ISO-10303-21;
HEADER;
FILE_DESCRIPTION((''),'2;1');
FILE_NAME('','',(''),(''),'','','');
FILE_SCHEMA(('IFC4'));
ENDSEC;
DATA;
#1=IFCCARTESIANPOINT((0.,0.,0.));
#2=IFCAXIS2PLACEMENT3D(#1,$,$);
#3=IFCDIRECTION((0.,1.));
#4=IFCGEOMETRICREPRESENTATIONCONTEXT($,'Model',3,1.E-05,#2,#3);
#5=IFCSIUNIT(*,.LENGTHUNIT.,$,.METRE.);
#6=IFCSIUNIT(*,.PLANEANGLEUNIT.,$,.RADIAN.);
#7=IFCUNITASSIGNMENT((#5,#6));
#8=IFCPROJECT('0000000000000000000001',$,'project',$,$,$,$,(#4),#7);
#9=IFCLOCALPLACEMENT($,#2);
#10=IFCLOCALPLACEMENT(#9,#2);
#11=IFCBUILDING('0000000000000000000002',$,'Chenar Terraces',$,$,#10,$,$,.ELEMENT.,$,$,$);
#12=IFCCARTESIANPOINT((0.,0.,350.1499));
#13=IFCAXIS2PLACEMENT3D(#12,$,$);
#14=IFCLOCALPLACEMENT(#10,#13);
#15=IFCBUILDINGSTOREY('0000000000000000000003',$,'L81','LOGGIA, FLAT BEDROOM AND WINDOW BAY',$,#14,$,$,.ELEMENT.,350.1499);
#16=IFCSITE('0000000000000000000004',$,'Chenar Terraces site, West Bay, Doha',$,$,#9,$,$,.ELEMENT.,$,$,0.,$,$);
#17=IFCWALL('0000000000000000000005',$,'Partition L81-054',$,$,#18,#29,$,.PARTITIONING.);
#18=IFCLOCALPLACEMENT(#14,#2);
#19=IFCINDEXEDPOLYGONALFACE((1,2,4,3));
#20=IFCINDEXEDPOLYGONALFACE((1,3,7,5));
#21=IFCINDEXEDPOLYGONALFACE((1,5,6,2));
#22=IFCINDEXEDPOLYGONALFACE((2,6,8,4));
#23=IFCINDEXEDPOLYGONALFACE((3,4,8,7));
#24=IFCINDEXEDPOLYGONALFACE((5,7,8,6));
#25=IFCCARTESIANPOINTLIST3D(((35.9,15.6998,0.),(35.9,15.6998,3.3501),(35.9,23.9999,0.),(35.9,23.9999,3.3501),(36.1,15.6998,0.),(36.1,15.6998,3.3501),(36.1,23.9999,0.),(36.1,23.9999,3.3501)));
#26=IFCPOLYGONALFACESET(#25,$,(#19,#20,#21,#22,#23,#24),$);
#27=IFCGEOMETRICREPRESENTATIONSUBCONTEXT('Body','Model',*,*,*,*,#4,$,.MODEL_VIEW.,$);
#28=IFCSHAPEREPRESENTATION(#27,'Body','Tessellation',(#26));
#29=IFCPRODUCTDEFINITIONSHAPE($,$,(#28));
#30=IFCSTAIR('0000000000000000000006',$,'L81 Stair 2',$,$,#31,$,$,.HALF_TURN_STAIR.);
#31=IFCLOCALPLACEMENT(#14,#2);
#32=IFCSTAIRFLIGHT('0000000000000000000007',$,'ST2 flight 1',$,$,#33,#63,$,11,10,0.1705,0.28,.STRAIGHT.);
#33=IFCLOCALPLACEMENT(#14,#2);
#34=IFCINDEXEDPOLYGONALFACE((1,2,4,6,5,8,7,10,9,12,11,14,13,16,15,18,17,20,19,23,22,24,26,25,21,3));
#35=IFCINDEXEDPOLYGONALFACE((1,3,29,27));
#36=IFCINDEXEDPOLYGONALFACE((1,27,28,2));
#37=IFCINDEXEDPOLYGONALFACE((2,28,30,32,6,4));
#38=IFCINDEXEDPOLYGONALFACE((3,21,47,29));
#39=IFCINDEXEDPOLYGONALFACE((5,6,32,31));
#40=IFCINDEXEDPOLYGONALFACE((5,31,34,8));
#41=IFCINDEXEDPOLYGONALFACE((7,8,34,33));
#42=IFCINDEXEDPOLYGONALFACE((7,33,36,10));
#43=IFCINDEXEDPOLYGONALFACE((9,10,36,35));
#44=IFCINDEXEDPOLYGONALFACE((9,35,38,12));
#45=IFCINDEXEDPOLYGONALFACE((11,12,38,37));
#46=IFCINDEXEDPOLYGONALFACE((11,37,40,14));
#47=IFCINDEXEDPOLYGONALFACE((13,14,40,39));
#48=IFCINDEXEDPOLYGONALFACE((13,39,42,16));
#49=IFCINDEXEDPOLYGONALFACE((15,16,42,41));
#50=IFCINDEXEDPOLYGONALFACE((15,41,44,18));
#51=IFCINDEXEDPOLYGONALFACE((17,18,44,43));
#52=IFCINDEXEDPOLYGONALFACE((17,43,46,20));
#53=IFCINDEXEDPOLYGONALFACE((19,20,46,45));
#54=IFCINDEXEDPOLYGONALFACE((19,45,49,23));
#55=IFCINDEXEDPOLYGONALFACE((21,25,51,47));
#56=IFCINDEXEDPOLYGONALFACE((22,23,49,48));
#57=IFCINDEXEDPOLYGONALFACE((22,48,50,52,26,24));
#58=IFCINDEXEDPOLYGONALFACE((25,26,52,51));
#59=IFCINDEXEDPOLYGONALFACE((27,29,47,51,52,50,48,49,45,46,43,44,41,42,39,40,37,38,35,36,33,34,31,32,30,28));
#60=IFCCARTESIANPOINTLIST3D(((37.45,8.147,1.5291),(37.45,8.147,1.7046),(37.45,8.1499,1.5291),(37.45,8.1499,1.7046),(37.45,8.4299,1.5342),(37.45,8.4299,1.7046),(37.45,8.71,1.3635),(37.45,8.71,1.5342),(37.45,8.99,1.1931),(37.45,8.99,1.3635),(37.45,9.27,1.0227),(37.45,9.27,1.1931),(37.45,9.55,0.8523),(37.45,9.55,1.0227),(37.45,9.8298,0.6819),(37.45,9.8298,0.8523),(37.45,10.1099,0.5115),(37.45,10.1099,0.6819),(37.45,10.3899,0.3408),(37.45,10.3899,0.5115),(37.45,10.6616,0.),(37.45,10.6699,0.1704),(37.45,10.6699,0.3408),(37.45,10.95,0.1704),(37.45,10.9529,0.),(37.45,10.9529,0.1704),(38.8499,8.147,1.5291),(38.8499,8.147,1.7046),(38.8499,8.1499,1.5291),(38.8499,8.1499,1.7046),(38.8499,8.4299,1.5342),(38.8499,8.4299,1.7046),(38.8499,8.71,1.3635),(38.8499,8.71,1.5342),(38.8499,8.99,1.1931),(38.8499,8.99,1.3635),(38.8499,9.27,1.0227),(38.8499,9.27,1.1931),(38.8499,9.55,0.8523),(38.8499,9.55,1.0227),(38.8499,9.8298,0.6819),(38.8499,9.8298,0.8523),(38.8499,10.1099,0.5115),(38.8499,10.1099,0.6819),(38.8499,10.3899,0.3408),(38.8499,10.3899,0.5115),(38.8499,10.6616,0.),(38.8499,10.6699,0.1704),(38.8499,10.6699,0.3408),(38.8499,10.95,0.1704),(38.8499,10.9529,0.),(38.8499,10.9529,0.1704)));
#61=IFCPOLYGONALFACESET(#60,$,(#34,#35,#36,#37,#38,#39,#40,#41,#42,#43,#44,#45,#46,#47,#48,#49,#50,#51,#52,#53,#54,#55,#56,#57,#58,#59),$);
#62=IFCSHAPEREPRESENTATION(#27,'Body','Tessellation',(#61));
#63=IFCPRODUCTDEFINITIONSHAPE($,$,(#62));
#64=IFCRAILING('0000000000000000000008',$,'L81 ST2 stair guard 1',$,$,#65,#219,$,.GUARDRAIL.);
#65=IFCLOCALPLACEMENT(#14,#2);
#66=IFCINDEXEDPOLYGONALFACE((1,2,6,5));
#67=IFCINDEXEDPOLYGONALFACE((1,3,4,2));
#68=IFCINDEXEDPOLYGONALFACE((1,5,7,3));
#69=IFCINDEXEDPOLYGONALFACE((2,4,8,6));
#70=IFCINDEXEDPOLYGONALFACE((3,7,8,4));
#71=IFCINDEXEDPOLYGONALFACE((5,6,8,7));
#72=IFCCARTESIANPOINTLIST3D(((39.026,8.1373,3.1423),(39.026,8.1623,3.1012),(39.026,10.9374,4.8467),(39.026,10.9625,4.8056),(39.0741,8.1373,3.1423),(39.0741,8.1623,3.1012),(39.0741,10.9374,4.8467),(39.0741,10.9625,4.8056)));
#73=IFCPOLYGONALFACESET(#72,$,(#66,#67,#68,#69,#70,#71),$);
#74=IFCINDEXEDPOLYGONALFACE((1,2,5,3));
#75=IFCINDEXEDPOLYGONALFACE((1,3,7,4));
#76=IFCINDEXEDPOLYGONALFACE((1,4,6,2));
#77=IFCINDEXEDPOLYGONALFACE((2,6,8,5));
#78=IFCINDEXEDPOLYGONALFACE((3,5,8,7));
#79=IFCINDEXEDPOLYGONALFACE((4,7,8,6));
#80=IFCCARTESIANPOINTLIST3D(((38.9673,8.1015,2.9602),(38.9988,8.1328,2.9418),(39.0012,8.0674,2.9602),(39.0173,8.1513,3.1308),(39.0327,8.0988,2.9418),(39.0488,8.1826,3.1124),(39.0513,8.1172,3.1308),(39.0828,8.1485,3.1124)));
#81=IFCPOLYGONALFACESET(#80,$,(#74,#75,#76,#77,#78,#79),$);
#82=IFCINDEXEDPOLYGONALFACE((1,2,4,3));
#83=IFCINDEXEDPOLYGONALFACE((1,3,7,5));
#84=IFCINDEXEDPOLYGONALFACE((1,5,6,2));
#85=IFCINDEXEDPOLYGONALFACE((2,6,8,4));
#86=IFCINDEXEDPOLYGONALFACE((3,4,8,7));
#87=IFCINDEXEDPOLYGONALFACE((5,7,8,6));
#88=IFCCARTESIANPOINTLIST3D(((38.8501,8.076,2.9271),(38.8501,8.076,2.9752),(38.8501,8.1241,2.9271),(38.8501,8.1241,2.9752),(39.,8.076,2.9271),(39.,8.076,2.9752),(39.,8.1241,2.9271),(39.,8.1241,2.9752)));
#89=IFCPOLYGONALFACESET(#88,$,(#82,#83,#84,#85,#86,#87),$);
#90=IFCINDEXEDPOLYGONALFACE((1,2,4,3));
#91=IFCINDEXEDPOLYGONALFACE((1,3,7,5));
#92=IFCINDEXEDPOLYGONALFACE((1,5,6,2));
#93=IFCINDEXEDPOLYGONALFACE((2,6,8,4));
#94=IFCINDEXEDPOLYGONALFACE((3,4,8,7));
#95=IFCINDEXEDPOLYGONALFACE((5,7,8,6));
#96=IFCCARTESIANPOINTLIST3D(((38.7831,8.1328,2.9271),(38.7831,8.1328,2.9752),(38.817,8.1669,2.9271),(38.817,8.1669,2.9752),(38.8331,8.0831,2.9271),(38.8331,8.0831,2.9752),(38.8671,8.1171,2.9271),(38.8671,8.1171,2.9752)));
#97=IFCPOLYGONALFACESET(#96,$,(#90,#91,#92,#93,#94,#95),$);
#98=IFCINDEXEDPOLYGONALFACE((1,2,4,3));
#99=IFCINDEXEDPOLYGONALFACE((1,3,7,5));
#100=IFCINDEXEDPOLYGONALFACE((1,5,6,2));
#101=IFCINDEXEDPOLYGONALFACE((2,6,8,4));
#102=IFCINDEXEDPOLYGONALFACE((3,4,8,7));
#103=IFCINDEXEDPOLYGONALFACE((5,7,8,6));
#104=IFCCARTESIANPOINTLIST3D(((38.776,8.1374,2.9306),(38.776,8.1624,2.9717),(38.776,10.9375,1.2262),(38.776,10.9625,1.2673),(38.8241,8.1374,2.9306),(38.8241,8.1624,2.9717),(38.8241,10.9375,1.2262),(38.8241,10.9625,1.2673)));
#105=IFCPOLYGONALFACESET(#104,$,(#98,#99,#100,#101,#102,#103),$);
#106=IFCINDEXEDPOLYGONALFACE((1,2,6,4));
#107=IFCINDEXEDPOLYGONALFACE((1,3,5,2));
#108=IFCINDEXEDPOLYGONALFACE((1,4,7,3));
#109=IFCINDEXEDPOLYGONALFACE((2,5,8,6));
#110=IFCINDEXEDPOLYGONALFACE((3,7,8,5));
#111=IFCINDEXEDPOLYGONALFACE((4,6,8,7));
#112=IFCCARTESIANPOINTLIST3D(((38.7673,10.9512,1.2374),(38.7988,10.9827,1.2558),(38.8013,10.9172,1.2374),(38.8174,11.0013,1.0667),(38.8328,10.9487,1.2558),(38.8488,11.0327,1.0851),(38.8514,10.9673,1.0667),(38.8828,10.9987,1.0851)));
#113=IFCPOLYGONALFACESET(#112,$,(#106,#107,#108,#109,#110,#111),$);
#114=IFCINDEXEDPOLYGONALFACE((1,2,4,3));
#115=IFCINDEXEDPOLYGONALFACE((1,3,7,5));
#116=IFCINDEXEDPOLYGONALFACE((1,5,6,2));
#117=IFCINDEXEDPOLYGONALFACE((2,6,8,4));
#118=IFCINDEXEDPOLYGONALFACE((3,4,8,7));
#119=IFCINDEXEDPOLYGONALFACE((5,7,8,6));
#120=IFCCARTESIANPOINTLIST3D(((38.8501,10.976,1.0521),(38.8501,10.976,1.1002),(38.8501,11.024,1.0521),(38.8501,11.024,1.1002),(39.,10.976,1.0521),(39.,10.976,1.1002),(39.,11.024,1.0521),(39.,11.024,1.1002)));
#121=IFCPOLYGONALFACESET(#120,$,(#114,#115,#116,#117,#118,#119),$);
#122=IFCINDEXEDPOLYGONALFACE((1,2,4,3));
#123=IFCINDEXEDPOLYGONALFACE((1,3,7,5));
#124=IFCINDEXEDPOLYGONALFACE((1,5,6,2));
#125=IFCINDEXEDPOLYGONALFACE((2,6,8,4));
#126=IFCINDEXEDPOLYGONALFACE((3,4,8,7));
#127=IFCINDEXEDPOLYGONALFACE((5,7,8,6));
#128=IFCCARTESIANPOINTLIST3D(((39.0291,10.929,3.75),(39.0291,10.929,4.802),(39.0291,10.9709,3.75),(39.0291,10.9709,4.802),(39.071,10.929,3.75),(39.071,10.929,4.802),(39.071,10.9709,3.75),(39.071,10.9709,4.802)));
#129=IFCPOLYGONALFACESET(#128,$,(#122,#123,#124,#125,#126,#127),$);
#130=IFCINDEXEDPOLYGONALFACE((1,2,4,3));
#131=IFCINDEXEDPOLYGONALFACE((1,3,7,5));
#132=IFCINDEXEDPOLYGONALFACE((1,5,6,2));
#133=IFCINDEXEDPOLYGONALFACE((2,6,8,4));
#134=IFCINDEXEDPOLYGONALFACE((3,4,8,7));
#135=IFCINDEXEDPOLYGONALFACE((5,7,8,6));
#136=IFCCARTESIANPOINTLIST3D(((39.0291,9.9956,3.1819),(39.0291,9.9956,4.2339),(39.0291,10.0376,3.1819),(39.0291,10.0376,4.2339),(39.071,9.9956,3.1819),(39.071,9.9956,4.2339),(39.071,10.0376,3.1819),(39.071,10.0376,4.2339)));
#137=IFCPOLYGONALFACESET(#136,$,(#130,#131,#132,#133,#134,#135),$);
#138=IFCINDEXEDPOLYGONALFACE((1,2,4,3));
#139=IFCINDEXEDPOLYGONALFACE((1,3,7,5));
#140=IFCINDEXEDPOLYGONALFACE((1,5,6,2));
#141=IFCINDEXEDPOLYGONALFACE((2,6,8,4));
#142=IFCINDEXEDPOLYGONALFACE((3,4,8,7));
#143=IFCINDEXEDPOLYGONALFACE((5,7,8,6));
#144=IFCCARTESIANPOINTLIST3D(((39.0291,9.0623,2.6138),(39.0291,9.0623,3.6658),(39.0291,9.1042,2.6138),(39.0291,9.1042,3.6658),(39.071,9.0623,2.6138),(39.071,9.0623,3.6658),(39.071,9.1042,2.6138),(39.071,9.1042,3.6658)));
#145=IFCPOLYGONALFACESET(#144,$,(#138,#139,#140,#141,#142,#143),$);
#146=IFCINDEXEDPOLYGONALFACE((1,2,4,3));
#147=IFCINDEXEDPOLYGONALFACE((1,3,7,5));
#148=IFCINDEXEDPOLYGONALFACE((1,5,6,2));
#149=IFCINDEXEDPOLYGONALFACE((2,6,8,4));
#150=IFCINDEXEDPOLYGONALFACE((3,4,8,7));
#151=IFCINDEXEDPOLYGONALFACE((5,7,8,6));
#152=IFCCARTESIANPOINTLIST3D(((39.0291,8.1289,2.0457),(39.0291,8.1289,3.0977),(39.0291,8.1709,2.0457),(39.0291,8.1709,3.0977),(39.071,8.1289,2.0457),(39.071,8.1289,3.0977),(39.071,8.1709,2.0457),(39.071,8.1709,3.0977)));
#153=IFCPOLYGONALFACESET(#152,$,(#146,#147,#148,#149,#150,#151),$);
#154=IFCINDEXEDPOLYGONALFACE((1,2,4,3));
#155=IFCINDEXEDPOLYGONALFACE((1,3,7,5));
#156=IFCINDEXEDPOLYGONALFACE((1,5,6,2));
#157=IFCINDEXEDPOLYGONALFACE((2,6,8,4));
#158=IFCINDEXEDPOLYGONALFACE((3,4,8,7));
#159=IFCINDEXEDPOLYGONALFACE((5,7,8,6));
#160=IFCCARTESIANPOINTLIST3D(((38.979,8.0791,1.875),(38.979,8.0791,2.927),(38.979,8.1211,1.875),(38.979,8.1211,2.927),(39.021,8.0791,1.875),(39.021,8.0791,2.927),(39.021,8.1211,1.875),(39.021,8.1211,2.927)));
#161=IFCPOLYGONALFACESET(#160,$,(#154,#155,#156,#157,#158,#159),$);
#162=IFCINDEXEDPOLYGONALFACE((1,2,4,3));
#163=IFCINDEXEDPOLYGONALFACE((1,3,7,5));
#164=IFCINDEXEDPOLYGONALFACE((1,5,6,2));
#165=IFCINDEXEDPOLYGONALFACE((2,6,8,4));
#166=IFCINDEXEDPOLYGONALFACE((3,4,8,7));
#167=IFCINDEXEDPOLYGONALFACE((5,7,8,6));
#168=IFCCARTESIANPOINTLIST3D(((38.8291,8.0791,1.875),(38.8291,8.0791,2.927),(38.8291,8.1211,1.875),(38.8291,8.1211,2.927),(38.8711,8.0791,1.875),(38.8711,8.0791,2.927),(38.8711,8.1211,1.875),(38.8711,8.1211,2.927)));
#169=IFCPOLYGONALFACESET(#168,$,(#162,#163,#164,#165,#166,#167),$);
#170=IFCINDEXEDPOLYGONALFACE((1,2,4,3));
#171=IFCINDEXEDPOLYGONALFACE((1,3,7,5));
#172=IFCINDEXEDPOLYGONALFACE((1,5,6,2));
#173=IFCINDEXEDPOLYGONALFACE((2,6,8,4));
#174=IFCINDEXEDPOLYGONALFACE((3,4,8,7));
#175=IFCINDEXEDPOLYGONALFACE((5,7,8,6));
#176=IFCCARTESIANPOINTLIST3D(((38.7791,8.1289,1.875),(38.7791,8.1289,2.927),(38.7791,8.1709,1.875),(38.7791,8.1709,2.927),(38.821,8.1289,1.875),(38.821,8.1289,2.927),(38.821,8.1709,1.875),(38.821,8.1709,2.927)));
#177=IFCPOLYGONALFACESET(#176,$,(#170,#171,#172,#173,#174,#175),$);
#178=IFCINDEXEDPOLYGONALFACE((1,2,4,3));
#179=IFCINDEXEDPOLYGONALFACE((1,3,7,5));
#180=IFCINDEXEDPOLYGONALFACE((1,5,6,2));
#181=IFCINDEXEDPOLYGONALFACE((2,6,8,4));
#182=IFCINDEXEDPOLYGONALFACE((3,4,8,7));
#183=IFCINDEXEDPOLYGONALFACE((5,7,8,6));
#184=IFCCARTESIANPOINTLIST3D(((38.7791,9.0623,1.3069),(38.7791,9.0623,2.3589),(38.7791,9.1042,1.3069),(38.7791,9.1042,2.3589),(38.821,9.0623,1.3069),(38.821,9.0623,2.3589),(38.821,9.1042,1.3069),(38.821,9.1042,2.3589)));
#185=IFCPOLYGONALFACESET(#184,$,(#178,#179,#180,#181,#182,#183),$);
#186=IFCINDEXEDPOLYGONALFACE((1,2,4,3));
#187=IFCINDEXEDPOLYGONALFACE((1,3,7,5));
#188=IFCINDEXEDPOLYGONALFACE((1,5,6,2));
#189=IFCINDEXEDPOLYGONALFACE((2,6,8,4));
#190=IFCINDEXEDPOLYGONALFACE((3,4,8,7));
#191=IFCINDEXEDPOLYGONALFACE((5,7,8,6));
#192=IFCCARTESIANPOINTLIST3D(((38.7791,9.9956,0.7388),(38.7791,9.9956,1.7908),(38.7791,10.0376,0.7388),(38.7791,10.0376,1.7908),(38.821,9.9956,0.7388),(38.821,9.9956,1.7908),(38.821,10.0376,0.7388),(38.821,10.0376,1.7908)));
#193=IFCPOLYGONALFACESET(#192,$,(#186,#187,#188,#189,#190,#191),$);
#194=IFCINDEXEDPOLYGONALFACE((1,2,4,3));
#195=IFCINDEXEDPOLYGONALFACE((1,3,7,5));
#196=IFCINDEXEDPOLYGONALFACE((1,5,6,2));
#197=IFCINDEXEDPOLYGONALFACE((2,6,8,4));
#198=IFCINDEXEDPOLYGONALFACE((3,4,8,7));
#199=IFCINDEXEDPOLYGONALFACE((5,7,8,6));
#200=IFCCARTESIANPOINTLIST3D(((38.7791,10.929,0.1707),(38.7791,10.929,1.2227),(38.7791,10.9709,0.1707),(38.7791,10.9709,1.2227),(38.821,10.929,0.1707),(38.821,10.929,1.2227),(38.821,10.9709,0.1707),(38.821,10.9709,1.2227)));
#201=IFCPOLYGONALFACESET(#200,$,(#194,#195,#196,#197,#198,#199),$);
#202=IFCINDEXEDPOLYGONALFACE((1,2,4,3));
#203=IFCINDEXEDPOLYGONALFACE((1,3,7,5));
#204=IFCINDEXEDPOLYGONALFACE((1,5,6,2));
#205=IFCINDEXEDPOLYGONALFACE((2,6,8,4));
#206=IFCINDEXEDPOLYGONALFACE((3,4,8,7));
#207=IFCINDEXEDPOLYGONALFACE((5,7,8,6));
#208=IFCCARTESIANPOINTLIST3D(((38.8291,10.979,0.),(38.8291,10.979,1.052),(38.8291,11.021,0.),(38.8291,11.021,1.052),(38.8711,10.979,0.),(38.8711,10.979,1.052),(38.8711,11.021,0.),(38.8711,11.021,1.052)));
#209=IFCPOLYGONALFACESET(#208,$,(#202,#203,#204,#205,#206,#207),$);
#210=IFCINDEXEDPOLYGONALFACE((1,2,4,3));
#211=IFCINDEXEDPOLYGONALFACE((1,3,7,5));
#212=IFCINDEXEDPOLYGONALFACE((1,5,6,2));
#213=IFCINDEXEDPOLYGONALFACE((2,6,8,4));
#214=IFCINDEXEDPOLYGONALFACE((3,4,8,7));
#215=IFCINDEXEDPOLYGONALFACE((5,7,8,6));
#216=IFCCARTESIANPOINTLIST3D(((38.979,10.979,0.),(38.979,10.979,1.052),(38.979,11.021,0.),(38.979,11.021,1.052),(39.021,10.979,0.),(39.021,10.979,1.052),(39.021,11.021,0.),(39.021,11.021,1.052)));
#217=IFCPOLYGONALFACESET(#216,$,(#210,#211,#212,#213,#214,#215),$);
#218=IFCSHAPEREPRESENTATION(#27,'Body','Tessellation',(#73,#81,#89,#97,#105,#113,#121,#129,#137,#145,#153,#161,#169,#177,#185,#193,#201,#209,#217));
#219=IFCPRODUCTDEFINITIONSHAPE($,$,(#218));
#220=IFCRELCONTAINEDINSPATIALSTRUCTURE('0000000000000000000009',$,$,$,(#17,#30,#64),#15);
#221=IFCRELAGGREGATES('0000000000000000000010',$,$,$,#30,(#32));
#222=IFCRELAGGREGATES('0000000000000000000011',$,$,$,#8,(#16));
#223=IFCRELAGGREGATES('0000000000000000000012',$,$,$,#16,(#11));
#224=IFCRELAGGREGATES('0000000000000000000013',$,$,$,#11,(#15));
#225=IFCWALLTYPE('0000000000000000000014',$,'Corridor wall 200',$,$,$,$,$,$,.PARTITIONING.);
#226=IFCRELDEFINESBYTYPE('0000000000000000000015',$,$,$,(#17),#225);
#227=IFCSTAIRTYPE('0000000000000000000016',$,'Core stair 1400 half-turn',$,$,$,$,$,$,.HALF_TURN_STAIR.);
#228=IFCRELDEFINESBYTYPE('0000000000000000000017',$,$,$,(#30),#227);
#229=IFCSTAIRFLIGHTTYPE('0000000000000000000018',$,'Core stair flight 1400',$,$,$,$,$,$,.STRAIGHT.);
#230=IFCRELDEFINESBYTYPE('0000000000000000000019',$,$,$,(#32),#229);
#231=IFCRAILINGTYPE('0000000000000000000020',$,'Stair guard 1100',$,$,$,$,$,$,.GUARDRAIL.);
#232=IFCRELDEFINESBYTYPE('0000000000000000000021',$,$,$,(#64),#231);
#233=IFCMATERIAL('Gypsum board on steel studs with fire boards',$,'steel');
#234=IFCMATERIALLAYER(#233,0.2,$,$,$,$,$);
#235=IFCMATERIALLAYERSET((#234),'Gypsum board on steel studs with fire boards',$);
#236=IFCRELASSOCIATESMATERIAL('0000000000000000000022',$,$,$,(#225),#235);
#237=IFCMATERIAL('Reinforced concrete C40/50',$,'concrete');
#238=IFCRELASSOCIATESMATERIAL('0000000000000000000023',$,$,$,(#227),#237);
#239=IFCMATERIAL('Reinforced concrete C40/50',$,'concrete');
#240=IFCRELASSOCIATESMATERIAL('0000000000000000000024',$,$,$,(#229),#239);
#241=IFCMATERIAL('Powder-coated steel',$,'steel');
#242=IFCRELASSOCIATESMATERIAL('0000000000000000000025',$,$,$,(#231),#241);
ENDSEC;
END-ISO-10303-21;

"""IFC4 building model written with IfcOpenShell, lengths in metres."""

from ifc_helpers import new_model, si_unit, direction, frame, frame_2d, origin, origin_2d, place, context, subcontext, project, spatial, polyline, rectangle, outline, extrude, material, layer, layer_set, type_object, element, aggregate, save


model = new_model("IFC4")

# Units and contexts
model_context = context("Model", 3, precision=1e-05, world=origin(), true_north=direction((0.0, 1.0)))
body_context = subcontext(model_context, "Body", "Model", "MODEL_VIEW")
ifc_project = project(units=[si_unit("LENGTHUNIT", "METRE"), si_unit("PLANEANGLEUNIT", "RADIAN")], contexts=[model_context])

# Site, building, storey
site_placement = place(None, origin())
site = spatial("IfcSite", under=ifc_project, at=site_placement, Name="Chenar Terraces site, West Bay, Doha", CompositionType="ELEMENT", RefElevation=0.0)
building_placement = place(site_placement, origin())
building = spatial("IfcBuilding", under=site, at=building_placement, Name="Chenar Terraces", CompositionType="ELEMENT")
storey_placement = place(building_placement, frame((0.0, 0.0, 350.1499)))
storey = spatial("IfcBuildingStorey", under=building, at=storey_placement, Name="L81", Description="LOGGIA, FLAT BEDROOM AND WINDOW BAY", CompositionType="ELEMENT", Elevation=350.1499)

# Shared definitions
ifc_material_1 = material(Name="Gypsum board on steel studs with fire boards", Category="steel")
ifc_layer_1 = layer(ifc_material_1, 0.2)
ifc_layer_set_1 = layer_set([ifc_layer_1], Name="Gypsum board on steel studs with fire boards")
wall_type_1 = type_object("IfcWallType", Name="Corridor wall 200", PredefinedType="PARTITIONING", material=ifc_layer_set_1)

# Wall
wall_1_placement = place(storey_placement, frame((36.0, 15.7, 0.0), z_axis=(0.0, 0.0, 1.0), x_axis=(0.0, 1.0, 0.0)))
element("IfcWall", 1, at=wall_1_placement, inside=storey, type_object=wall_type_1, Name="Partition L81-054", PredefinedType="PARTITIONING", context=body_context, shape_type="SweptSolid", body=[
    extrude(rectangle(XDim=8.3, YDim=0.2, at=frame_2d((4.1499, 0.0))), origin(), (0.0, 0.0, 1.0), 3.3501),
])

# Stair, stair flight
ifc_material_2 = material(Name="Reinforced concrete C40/50", Category="concrete")
stair_type = type_object("IfcStairType", Name="Core stair 1400 half-turn", PredefinedType="HALF_TURN_STAIR", material=ifc_material_2)
stair_placement = place(storey_placement, origin())
stair = element("IfcStair", 2, at=stair_placement, inside=storey, type_object=stair_type, Name="L81 Stair 2", PredefinedType="HALF_TURN_STAIR")
ifc_material_3 = material(Name="Reinforced concrete C40/50", Category="concrete")
stair_flight_type = type_object("IfcStairFlightType", Name="Core stair flight 1400", PredefinedType="STRAIGHT", material=ifc_material_3)
stair_flight_placement = place(storey_placement, frame((38.1499, 10.95, 0.0), z_axis=(0.0, 0.0, 1.0), x_axis=(0.0, -1.0, 0.0)))
stair_flight = element("IfcStairFlight", 3, at=stair_flight_placement, type_object=stair_flight_type, Name="ST2 flight 1", NumberOfRisers=11, NumberOfTreads=10, PredefinedType="STRAIGHT", RiserHeight=0.1705, TreadLength=0.28, context=body_context, shape_type="SweptSolid", body=[
    extrude(outline(polyline([(-0.0029, 0.0), (-0.0029, 0.1704), (0.0, 0.1704), (0.28, 0.1704), (0.28, 0.3408), (0.5601, 0.3408), (0.5601, 0.5115), (0.8401, 0.5115), (0.8401, 0.6819), (1.1201, 0.6819), (1.1201, 0.8523), (1.3999, 0.8523), (1.3999, 1.0227), (1.6799, 1.0227), (1.6799, 1.1931), (1.96, 1.1931), (1.96, 1.3635), (2.24, 1.3635), (2.24, 1.5342), (2.52, 1.5342), (2.52, 1.7046), (2.8, 1.7046), (2.803, 1.7046), (2.803, 1.5291), (2.8, 1.5291), (0.2883, 0.0), (-0.0029, 0.0)])), frame((0.0, 0.7, 0.0), z_axis=(0.0, -1.0, 0.0), x_axis=(1.0, 0.0, 0.0)), (0.0, 0.0, 1.0), 1.3999),
])
aggregate(stair, [stair_flight])

# Railing
ifc_material_4 = material(Name="Powder-coated steel", Category="steel")
railing_type_1 = type_object("IfcRailingType", Name="Stair guard 1100", PredefinedType="GUARDRAIL", material=ifc_material_4)
railing_1_placement = place(storey_placement, frame((39.05, 10.95, 3.75)))
element("IfcRailing", 4, at=railing_1_placement, inside=storey, type_object=railing_type_1, Name="L81 ST2 stair guard 1", PredefinedType="GUARDRAIL", context=body_context, shape_type="SweptSolid", body=[
    extrude(rectangle(XDim=0.0481, YDim=0.0481, at=origin_2d()), frame((0.0, 0.0, 1.0762), z_axis=(0.0, -0.854203, -0.51994), x_axis=(1.0, 0.0, 0.0)), (0.0, 0.0, 1.0), 3.2781),
    extrude(rectangle(XDim=0.0481, YDim=0.0481, at=origin_2d()), frame((0.0, -2.8, -0.6284), z_axis=(-0.270997, -0.269675, -0.924033), x_axis=(0.705376, -0.708834, 0.0)), (0.0, 0.0, 1.0), 0.1846),
    extrude(rectangle(XDim=0.0481, YDim=0.0481, at=origin_2d()), frame((-0.05, -2.8499, -0.7988), z_axis=(-1.0, 0.0, 0.0), x_axis=(0.0, -1.0, 0.0)), (0.0, 0.0, 1.0), 0.1499),
    extrude(rectangle(XDim=0.0481, YDim=0.0481, at=origin_2d()), frame((-0.2, -2.8499, -0.7988), z_axis=(-0.708834, 0.705376, 0.0), x_axis=(-0.705376, -0.708834, 0.0)), (0.0, 0.0, 1.0), 0.0706),
    extrude(rectangle(XDim=0.0481, YDim=0.0481, at=origin_2d()), frame((-0.25, -2.8, -0.7988), z_axis=(0.0, 0.854203, -0.51994), x_axis=(-1.0, 0.0, 0.0)), (0.0, 0.0, 1.0), 3.2781),
    extrude(rectangle(XDim=0.0481, YDim=0.0481, at=origin_2d()), frame((-0.25, 0.0, -2.5034), z_axis=(0.2709, 0.2709, -0.923703), x_axis=(-0.707107, 0.707107, 0.0)), (0.0, 0.0, 1.0), 0.1848),
    extrude(rectangle(XDim=0.0481, YDim=0.0481, at=origin_2d()), frame((-0.2, 0.05, -2.6738), z_axis=(1.0, 0.0, 0.0), x_axis=(0.0, 1.0, 0.0)), (0.0, 0.0, 1.0), 0.1499),
    extrude(rectangle(XDim=0.042, YDim=0.042, at=origin_2d()), origin(), (0.0, 0.0, 1.0), 1.052),
    extrude(rectangle(XDim=0.042, YDim=0.042, at=origin_2d()), frame((0.0, -0.9333, -0.5681)), (0.0, 0.0, 1.0), 1.052),
    extrude(rectangle(XDim=0.042, YDim=0.042, at=origin_2d()), frame((0.0, -1.8667, -1.1362)), (0.0, 0.0, 1.0), 1.052),
    extrude(rectangle(XDim=0.042, YDim=0.042, at=origin_2d()), frame((0.0, -2.8, -1.7043)), (0.0, 0.0, 1.0), 1.052),
    extrude(rectangle(XDim=0.042, YDim=0.042, at=origin_2d()), frame((-0.05, -2.8499, -1.875)), (0.0, 0.0, 1.0), 1.052),
    extrude(rectangle(XDim=0.042, YDim=0.042, at=origin_2d()), frame((-0.2, -2.8499, -1.875)), (0.0, 0.0, 1.0), 1.052),
    extrude(rectangle(XDim=0.042, YDim=0.042, at=origin_2d()), frame((-0.25, -2.8, -1.875)), (0.0, 0.0, 1.0), 1.052),
    extrude(rectangle(XDim=0.042, YDim=0.042, at=origin_2d()), frame((-0.25, -1.8667, -2.4431)), (0.0, 0.0, 1.0), 1.052),
    extrude(rectangle(XDim=0.042, YDim=0.042, at=origin_2d()), frame((-0.25, -0.9333, -3.0112)), (0.0, 0.0, 1.0), 1.052),
    extrude(rectangle(XDim=0.042, YDim=0.042, at=origin_2d()), frame((-0.25, 0.0, -3.5793)), (0.0, 0.0, 1.0), 1.052),
    extrude(rectangle(XDim=0.042, YDim=0.042, at=origin_2d()), frame((-0.2, 0.05, -3.75)), (0.0, 0.0, 1.0), 1.052),
    extrude(rectangle(XDim=0.042, YDim=0.042, at=origin_2d()), frame((-0.05, 0.05, -3.75)), (0.0, 0.0, 1.0), 1.052),
])

save(model, "model.ifc")
